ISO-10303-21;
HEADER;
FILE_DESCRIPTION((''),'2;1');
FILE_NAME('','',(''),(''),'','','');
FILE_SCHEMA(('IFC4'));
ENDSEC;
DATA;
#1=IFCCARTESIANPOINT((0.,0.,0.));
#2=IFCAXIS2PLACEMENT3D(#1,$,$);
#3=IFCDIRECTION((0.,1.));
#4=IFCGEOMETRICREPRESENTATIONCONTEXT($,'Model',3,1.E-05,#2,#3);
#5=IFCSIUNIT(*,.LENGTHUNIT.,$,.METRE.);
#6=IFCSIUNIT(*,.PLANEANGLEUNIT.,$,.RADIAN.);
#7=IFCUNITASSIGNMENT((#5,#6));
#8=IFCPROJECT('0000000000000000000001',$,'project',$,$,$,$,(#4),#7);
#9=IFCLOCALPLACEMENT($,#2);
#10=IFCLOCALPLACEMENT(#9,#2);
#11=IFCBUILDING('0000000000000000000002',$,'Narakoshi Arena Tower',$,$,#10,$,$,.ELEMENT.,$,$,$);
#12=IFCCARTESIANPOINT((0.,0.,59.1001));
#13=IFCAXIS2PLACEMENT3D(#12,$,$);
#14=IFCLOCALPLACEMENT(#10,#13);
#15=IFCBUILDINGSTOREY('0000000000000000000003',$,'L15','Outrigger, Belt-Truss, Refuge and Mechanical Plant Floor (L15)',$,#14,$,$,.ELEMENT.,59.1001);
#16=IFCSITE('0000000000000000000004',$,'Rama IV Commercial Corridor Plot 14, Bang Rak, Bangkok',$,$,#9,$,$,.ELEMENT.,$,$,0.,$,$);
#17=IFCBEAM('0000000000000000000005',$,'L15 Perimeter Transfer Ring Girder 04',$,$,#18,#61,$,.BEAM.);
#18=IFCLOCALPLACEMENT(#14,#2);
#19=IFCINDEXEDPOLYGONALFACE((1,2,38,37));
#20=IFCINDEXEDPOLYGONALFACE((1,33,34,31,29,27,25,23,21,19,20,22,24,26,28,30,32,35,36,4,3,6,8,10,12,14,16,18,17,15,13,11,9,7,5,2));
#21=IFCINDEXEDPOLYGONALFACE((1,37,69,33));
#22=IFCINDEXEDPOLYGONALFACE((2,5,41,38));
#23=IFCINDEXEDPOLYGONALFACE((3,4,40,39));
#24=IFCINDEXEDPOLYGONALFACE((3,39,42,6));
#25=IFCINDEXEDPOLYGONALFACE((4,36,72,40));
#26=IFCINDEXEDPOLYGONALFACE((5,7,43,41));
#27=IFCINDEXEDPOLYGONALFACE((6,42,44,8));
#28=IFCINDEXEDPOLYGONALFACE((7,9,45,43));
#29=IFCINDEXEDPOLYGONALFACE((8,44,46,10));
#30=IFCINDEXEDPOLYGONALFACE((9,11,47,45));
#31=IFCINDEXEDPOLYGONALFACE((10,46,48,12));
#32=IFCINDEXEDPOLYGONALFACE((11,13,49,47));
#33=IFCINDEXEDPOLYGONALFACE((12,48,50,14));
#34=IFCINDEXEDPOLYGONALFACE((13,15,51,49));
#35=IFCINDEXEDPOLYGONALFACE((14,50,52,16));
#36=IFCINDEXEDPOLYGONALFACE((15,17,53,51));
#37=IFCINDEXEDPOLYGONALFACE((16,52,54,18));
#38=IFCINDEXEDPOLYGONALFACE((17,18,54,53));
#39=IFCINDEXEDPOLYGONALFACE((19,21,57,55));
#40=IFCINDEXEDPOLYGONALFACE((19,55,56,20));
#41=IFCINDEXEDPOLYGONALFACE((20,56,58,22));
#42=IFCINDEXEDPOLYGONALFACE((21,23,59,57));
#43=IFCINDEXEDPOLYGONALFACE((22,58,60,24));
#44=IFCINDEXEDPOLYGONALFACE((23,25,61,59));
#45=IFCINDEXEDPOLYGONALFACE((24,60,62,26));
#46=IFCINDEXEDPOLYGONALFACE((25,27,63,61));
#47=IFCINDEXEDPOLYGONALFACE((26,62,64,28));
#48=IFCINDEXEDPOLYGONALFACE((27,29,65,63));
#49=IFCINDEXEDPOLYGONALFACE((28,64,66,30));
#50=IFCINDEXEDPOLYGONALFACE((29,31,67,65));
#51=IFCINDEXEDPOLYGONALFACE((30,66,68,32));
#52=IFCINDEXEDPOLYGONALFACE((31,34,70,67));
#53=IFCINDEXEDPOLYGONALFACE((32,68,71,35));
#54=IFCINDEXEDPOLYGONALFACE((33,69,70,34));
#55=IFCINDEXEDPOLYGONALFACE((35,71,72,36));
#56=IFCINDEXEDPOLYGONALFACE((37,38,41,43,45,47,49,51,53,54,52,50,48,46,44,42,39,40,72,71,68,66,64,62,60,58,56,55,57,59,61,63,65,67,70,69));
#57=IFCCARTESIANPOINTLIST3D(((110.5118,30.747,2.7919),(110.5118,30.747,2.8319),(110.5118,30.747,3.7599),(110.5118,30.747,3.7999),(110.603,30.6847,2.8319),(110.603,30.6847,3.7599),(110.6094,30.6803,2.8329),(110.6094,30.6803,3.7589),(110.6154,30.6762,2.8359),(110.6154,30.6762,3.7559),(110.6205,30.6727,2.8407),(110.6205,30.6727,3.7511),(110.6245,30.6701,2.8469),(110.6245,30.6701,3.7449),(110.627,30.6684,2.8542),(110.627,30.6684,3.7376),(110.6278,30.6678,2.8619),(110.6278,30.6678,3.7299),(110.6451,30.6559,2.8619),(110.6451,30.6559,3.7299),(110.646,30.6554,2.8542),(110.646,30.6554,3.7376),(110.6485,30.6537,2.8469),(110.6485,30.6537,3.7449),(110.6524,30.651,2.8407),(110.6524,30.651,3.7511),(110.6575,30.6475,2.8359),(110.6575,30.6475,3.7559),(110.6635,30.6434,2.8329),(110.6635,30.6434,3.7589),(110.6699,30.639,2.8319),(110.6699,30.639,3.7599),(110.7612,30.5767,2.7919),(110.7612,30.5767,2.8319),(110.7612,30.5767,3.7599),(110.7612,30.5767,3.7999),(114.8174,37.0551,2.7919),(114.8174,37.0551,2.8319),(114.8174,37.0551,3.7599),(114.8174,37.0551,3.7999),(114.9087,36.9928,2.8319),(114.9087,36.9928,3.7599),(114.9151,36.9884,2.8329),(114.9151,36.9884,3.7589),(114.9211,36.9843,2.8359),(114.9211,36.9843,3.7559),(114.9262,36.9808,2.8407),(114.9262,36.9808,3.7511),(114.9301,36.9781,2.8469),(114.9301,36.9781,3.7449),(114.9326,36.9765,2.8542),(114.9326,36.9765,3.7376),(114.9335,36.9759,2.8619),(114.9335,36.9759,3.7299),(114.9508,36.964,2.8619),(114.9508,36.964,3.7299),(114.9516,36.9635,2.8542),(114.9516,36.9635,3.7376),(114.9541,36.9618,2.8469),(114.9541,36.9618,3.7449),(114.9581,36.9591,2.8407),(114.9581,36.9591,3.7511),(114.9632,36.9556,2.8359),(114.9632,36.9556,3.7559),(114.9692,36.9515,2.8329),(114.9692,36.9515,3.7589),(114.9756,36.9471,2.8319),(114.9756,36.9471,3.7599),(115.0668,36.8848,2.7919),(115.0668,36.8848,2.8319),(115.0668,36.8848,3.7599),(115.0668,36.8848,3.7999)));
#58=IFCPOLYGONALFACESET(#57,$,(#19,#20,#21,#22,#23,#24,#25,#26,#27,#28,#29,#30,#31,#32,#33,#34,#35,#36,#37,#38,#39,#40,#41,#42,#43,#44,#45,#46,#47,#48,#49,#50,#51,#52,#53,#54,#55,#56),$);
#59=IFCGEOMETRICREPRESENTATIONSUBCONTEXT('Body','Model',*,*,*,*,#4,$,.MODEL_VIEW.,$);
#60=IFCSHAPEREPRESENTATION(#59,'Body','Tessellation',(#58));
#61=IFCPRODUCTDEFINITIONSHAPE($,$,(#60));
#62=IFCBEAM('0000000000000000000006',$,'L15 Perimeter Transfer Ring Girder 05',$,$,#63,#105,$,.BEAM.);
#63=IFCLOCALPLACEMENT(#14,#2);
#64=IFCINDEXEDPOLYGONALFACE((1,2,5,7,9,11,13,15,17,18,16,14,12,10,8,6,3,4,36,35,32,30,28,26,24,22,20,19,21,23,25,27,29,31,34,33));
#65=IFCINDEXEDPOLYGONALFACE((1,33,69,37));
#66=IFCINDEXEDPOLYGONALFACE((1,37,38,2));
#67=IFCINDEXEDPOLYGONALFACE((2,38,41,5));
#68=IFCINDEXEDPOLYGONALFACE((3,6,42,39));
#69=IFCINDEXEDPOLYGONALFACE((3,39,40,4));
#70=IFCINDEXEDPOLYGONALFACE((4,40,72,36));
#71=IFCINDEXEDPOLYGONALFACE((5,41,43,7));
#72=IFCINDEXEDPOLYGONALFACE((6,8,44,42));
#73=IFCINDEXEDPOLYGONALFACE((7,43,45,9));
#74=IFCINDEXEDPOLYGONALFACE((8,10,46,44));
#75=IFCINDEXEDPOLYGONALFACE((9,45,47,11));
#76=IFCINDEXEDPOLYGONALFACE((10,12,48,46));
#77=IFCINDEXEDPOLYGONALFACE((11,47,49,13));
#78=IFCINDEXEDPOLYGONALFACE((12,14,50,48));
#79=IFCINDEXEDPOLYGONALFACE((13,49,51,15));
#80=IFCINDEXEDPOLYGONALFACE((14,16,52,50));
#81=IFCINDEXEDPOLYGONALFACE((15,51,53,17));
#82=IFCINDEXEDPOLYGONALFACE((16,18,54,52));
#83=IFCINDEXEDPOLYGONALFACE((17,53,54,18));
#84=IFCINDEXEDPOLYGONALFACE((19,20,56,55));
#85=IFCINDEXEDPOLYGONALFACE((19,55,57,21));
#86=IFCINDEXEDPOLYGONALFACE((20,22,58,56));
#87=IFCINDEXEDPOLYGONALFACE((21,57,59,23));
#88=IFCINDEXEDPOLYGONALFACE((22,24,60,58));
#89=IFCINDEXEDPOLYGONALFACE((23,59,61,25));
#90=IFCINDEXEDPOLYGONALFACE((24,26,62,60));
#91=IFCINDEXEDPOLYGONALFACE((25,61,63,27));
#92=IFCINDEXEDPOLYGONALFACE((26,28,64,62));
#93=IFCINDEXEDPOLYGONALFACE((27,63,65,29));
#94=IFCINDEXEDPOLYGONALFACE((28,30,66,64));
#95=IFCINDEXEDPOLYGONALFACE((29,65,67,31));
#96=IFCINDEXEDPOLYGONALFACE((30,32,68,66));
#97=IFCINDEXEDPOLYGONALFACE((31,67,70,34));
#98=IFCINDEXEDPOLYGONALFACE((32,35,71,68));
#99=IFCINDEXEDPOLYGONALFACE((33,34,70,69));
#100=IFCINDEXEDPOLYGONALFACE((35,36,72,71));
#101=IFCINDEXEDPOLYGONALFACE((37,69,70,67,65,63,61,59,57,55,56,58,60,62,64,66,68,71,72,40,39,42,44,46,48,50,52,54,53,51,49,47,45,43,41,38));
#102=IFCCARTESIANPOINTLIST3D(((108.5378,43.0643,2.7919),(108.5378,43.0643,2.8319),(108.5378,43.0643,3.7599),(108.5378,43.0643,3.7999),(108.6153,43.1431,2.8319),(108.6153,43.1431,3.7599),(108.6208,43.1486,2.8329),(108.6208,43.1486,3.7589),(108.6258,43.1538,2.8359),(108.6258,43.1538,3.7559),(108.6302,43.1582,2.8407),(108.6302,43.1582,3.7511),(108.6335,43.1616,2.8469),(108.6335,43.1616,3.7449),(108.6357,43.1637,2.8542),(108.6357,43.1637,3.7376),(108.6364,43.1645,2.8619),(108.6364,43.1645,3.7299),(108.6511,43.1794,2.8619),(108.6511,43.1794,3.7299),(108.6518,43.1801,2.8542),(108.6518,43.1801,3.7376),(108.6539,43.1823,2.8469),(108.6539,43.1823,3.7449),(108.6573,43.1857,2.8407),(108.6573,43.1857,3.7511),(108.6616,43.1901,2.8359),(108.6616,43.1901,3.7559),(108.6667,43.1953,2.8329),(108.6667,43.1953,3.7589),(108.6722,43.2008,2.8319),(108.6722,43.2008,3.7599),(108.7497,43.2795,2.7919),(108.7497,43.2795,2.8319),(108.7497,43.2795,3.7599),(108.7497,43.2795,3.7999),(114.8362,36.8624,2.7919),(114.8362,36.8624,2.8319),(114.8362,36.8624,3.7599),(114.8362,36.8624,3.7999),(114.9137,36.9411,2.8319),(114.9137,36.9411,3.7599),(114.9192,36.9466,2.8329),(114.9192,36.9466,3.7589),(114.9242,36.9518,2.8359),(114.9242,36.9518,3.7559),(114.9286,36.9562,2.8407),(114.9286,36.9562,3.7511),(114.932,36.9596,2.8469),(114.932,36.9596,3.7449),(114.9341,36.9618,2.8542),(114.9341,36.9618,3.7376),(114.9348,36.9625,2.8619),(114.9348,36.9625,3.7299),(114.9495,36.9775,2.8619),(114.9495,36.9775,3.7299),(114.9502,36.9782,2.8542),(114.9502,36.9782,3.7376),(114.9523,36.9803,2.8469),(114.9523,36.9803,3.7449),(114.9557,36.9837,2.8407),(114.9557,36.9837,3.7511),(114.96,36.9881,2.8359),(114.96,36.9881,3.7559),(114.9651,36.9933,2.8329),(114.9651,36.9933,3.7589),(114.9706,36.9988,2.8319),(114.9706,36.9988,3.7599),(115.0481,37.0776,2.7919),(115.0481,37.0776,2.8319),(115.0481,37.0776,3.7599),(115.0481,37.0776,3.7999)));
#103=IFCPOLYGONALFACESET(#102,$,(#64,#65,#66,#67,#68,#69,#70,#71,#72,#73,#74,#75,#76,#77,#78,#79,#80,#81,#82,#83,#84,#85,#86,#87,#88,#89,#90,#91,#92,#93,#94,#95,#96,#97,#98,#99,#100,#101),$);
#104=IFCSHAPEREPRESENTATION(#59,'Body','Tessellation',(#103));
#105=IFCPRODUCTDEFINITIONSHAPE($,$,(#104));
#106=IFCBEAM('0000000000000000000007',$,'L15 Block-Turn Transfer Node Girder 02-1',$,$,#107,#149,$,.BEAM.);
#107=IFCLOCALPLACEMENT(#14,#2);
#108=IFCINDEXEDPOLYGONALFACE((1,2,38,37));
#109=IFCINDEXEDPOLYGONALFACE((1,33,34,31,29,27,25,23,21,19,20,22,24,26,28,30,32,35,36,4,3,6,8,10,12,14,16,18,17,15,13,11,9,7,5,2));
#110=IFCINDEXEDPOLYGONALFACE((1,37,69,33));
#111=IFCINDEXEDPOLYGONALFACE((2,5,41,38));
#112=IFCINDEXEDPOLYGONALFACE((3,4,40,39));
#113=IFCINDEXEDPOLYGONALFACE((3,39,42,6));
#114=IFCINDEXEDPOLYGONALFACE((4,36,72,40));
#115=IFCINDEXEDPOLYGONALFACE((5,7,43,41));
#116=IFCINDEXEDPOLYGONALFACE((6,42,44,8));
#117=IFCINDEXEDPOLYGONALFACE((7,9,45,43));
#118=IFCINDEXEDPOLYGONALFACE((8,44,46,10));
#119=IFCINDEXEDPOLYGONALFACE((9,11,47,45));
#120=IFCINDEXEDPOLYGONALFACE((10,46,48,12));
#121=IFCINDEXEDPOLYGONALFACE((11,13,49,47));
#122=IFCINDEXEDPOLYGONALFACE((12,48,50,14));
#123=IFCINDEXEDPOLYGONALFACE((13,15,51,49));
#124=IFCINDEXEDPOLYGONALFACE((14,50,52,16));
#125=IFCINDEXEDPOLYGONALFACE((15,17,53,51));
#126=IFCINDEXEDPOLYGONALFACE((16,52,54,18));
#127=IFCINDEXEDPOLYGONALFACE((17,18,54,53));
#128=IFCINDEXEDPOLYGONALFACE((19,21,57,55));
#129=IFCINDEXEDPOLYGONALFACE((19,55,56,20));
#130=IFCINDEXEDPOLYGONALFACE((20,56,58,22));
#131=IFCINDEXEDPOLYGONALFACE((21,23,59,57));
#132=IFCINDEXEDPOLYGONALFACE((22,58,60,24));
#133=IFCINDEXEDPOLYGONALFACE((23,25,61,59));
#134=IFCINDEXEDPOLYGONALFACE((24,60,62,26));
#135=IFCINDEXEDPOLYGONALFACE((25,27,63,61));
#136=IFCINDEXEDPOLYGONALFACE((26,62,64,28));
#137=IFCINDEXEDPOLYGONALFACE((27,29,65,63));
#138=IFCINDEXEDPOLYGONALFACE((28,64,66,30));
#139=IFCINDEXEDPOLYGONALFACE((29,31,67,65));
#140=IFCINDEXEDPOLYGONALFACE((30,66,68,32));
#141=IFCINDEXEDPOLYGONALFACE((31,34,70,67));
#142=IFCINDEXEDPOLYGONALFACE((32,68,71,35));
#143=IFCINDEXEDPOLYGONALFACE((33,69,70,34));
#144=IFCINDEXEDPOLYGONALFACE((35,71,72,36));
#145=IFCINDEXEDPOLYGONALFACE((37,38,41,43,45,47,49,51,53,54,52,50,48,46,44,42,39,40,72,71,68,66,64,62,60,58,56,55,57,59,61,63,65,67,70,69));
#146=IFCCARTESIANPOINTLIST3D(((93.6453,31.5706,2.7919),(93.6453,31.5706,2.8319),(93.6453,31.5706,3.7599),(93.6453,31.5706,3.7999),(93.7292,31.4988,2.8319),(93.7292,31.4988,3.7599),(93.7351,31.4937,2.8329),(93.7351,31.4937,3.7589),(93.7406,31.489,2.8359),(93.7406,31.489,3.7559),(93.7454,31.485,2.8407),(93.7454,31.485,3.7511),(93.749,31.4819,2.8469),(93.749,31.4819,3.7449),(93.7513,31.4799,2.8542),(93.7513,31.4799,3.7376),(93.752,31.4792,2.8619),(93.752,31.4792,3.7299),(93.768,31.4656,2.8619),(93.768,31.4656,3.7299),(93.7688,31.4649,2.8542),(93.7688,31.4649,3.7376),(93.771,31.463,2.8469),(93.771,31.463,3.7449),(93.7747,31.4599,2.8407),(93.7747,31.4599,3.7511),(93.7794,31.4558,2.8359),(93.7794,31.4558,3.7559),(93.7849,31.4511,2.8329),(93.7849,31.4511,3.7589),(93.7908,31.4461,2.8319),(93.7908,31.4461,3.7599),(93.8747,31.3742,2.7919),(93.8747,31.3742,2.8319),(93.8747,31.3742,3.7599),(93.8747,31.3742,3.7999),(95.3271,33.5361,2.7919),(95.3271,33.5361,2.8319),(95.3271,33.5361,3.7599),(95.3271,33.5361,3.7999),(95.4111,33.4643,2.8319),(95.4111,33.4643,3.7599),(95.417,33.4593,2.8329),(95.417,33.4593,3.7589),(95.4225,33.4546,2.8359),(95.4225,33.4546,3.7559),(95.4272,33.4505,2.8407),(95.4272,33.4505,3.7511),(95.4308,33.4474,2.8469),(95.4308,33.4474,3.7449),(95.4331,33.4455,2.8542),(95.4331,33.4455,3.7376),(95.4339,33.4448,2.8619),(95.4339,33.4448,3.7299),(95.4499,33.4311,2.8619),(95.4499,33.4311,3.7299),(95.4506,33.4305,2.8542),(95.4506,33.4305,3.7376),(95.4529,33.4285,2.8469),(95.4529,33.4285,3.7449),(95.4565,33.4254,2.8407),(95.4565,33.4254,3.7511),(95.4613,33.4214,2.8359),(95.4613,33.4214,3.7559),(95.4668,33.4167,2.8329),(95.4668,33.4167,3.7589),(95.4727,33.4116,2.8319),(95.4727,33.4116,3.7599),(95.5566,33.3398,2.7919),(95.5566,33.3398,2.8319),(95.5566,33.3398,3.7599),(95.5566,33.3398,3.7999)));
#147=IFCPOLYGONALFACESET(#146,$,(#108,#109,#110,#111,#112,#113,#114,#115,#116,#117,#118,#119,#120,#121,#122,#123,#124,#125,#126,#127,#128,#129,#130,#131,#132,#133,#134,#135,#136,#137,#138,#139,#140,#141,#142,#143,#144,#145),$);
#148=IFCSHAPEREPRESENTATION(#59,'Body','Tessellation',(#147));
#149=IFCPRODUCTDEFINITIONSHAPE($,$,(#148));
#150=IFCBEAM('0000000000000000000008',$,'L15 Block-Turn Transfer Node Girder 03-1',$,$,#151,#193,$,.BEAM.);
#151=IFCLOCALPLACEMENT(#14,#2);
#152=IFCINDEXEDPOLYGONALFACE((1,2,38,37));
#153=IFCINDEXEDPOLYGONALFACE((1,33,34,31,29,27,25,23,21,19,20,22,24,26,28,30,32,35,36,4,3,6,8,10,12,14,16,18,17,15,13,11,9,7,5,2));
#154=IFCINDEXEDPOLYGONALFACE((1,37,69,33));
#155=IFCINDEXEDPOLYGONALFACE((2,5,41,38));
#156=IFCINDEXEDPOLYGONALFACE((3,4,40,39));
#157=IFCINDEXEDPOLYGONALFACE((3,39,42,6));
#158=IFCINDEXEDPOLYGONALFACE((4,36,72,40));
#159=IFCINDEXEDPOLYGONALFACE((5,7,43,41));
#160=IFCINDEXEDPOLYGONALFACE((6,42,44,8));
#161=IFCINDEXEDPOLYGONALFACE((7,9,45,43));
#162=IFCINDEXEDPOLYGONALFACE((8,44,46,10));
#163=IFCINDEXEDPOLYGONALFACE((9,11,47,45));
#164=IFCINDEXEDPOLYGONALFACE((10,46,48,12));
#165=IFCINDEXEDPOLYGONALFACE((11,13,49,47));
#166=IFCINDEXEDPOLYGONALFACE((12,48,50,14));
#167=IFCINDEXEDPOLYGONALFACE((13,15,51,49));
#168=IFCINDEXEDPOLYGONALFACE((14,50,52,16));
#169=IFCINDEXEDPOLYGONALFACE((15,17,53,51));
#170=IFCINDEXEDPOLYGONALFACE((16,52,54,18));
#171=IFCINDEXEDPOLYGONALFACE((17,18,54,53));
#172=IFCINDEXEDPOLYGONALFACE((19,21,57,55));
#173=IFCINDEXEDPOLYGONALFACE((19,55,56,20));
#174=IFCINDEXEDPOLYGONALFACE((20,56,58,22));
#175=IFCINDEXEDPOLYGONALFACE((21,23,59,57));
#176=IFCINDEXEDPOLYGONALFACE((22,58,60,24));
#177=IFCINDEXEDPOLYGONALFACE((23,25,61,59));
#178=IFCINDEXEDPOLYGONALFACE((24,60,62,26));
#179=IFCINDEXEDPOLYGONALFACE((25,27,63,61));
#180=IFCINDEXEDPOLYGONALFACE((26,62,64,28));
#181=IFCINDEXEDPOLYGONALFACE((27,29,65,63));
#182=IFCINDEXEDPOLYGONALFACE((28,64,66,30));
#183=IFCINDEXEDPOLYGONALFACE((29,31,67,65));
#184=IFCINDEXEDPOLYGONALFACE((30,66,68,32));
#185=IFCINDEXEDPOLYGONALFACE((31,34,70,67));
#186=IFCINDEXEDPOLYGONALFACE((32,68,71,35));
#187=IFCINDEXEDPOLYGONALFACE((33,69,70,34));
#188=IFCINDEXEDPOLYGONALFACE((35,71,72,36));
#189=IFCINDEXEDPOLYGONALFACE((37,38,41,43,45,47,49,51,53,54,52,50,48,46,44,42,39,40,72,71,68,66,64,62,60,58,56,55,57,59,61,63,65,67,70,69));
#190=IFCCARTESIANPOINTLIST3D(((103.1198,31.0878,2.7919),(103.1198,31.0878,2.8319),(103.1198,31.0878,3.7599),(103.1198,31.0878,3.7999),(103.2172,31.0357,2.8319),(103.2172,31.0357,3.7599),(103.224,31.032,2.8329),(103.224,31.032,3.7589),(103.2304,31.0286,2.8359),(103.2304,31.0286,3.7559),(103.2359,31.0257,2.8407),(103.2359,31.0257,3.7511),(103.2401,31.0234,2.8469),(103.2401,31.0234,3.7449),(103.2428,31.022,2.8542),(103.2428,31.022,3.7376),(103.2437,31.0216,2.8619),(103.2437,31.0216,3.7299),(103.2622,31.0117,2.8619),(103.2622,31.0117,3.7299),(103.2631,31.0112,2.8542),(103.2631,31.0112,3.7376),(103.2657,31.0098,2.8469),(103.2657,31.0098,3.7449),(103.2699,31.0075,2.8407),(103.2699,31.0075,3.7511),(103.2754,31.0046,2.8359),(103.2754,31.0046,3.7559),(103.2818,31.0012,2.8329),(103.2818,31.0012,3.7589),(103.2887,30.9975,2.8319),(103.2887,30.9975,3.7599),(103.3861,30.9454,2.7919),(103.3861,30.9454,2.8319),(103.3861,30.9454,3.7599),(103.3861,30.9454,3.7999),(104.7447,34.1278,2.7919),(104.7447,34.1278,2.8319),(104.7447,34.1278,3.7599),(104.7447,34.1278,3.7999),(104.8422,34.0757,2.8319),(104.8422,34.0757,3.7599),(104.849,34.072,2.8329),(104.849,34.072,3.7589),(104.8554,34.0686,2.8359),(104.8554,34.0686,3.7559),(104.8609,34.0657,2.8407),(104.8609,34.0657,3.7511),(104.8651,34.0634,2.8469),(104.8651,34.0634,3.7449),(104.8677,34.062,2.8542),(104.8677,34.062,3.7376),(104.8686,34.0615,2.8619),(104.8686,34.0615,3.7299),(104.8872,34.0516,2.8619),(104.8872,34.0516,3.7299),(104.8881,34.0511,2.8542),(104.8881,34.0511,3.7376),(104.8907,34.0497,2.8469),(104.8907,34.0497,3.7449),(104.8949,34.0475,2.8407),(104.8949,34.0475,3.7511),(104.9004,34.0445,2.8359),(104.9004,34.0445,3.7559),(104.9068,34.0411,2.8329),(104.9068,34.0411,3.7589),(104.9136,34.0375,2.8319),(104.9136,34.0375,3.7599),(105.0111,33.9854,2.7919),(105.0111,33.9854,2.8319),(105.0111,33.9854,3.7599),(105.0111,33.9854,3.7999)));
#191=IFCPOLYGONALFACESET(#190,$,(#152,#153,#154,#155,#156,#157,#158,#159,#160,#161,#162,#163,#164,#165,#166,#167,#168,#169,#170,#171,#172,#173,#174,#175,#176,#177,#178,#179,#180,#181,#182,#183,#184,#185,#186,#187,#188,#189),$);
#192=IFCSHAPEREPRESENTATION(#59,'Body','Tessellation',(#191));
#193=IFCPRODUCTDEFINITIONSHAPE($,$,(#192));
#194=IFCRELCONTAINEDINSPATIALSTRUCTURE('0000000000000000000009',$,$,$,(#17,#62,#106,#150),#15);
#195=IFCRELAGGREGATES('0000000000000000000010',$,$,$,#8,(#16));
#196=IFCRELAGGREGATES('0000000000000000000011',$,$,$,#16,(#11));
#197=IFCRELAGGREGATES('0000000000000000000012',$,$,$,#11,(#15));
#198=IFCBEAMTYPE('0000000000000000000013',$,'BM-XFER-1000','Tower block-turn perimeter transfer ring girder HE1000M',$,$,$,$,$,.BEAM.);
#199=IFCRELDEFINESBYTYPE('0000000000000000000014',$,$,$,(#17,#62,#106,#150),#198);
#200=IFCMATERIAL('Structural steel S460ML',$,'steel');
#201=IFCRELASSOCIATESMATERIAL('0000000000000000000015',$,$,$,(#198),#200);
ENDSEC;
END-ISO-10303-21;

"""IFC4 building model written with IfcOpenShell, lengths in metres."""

from ifc_helpers import new_model, si_unit, direction, frame, origin, origin_2d, place, context, subcontext, project, spatial, i_section, extrude, material, material_profile, profile_set, type_object, element, save


model = new_model("IFC4")

# Units and contexts
model_context = context("Model", 3, precision=1e-05, world=origin(), true_north=direction((0.0, 1.0)))
body_context = subcontext(model_context, "Body", "Model", "MODEL_VIEW")
ifc_project = project(units=[si_unit("LENGTHUNIT", "METRE"), si_unit("PLANEANGLEUNIT", "RADIAN")], contexts=[model_context])

# Site, building, storey
site_placement = place(None, origin())
site = spatial("IfcSite", under=ifc_project, at=site_placement, Name="Rama IV Commercial Corridor Plot 14, Bang Rak, Bangkok", CompositionType="ELEMENT", RefElevation=0.0)
building_placement = place(site_placement, origin())
building = spatial("IfcBuilding", under=site, at=building_placement, Name="Narakoshi Arena Tower", CompositionType="ELEMENT")
storey_placement = place(building_placement, frame((0.0, 0.0, 59.1001)))
storey = spatial("IfcBuildingStorey", under=building, at=storey_placement, Name="L15", Description="Outrigger, Belt-Truss, Refuge and Mechanical Plant Floor (L15)", CompositionType="ELEMENT", Elevation=59.1001)

# Shared definitions
ifc_material_1 = material(Name="Structural steel S460ML", Category="steel")

# Beams
ifc_material_profile_1 = material_profile(ifc_material_1, i_section(OverallWidth=0.302, OverallDepth=1.0081, WebThickness=0.021, FlangeThickness=0.04, FilletRadius=0.03, at=origin_2d()), Name="HE1000M")
ifc_profile_set_1 = profile_set([ifc_material_profile_1], Name="Structural steel S460ML")
beam_type_1 = type_object("IfcBeamType", Name="BM-XFER-1000", Description="Tower block-turn perimeter transfer ring girder HE1000M", PredefinedType="BEAM", material=ifc_profile_set_1)
beam_1_placement = place(storey_placement, frame((110.6365, 30.6619, 3.2959), z_axis=(0.563755, 0.825942, 0.0), x_axis=(-0.825942, 0.563755, 0.0)))
element("IfcBeam", 1, at=beam_1_placement, inside=storey, type_object=beam_type_1, Name="L15 Perimeter Transfer Ring Girder 04", PredefinedType="BEAM", context=body_context, shape_type="SweptSolid", body=[
    extrude(i_section(OverallWidth=0.302, OverallDepth=1.0081, WebThickness=0.021, FlangeThickness=0.04, FilletRadius=0.03, at=origin_2d()), origin(), (0.0, 0.0, 1.0), 7.6375),
])
beam_2_placement = place(storey_placement, frame((114.9421, 36.97, 3.2959), z_axis=(-0.712541, 0.701631, 0.0), x_axis=(-0.701631, -0.712541, 0.0)))
element("IfcBeam", 2, at=beam_2_placement, inside=storey, type_object=beam_type_1, Name="L15 Perimeter Transfer Ring Girder 05", PredefinedType="BEAM", context=body_context, shape_type="SweptSolid", body=[
    extrude(i_section(OverallWidth=0.302, OverallDepth=1.0081, WebThickness=0.021, FlangeThickness=0.04, FilletRadius=0.03, at=origin_2d()), origin(), (0.0, 0.0, 1.0), 8.8394),
])
beam_3_placement = place(storey_placement, frame((93.76, 31.4724, 3.2959), z_axis=(0.650146, 0.759809, 0.0), x_axis=(-0.759809, 0.650146, 0.0)))
element("IfcBeam", 3, at=beam_3_placement, inside=storey, type_object=beam_type_1, Name="L15 Block-Turn Transfer Node Girder 02-1", PredefinedType="BEAM", context=body_context, shape_type="SweptSolid", body=[
    extrude(i_section(OverallWidth=0.302, OverallDepth=1.0081, WebThickness=0.021, FlangeThickness=0.04, FilletRadius=0.03, at=origin_2d()), origin(), (0.0, 0.0, 1.0), 2.5869),
])
beam_4_placement = place(storey_placement, frame((103.2529, 31.0166, 3.2959), z_axis=(0.471411, 0.881913, 0.0), x_axis=(-0.881913, 0.471411, 0.0)))
element("IfcBeam", 4, at=beam_4_placement, inside=storey, type_object=beam_type_1, Name="L15 Block-Turn Transfer Node Girder 03-1", PredefinedType="BEAM", context=body_context, shape_type="SweptSolid", body=[
    extrude(i_section(OverallWidth=0.302, OverallDepth=1.0081, WebThickness=0.021, FlangeThickness=0.04, FilletRadius=0.03, at=origin_2d()), origin(), (0.0, 0.0, 1.0), 3.447),
])

save(model, "model.ifc")
